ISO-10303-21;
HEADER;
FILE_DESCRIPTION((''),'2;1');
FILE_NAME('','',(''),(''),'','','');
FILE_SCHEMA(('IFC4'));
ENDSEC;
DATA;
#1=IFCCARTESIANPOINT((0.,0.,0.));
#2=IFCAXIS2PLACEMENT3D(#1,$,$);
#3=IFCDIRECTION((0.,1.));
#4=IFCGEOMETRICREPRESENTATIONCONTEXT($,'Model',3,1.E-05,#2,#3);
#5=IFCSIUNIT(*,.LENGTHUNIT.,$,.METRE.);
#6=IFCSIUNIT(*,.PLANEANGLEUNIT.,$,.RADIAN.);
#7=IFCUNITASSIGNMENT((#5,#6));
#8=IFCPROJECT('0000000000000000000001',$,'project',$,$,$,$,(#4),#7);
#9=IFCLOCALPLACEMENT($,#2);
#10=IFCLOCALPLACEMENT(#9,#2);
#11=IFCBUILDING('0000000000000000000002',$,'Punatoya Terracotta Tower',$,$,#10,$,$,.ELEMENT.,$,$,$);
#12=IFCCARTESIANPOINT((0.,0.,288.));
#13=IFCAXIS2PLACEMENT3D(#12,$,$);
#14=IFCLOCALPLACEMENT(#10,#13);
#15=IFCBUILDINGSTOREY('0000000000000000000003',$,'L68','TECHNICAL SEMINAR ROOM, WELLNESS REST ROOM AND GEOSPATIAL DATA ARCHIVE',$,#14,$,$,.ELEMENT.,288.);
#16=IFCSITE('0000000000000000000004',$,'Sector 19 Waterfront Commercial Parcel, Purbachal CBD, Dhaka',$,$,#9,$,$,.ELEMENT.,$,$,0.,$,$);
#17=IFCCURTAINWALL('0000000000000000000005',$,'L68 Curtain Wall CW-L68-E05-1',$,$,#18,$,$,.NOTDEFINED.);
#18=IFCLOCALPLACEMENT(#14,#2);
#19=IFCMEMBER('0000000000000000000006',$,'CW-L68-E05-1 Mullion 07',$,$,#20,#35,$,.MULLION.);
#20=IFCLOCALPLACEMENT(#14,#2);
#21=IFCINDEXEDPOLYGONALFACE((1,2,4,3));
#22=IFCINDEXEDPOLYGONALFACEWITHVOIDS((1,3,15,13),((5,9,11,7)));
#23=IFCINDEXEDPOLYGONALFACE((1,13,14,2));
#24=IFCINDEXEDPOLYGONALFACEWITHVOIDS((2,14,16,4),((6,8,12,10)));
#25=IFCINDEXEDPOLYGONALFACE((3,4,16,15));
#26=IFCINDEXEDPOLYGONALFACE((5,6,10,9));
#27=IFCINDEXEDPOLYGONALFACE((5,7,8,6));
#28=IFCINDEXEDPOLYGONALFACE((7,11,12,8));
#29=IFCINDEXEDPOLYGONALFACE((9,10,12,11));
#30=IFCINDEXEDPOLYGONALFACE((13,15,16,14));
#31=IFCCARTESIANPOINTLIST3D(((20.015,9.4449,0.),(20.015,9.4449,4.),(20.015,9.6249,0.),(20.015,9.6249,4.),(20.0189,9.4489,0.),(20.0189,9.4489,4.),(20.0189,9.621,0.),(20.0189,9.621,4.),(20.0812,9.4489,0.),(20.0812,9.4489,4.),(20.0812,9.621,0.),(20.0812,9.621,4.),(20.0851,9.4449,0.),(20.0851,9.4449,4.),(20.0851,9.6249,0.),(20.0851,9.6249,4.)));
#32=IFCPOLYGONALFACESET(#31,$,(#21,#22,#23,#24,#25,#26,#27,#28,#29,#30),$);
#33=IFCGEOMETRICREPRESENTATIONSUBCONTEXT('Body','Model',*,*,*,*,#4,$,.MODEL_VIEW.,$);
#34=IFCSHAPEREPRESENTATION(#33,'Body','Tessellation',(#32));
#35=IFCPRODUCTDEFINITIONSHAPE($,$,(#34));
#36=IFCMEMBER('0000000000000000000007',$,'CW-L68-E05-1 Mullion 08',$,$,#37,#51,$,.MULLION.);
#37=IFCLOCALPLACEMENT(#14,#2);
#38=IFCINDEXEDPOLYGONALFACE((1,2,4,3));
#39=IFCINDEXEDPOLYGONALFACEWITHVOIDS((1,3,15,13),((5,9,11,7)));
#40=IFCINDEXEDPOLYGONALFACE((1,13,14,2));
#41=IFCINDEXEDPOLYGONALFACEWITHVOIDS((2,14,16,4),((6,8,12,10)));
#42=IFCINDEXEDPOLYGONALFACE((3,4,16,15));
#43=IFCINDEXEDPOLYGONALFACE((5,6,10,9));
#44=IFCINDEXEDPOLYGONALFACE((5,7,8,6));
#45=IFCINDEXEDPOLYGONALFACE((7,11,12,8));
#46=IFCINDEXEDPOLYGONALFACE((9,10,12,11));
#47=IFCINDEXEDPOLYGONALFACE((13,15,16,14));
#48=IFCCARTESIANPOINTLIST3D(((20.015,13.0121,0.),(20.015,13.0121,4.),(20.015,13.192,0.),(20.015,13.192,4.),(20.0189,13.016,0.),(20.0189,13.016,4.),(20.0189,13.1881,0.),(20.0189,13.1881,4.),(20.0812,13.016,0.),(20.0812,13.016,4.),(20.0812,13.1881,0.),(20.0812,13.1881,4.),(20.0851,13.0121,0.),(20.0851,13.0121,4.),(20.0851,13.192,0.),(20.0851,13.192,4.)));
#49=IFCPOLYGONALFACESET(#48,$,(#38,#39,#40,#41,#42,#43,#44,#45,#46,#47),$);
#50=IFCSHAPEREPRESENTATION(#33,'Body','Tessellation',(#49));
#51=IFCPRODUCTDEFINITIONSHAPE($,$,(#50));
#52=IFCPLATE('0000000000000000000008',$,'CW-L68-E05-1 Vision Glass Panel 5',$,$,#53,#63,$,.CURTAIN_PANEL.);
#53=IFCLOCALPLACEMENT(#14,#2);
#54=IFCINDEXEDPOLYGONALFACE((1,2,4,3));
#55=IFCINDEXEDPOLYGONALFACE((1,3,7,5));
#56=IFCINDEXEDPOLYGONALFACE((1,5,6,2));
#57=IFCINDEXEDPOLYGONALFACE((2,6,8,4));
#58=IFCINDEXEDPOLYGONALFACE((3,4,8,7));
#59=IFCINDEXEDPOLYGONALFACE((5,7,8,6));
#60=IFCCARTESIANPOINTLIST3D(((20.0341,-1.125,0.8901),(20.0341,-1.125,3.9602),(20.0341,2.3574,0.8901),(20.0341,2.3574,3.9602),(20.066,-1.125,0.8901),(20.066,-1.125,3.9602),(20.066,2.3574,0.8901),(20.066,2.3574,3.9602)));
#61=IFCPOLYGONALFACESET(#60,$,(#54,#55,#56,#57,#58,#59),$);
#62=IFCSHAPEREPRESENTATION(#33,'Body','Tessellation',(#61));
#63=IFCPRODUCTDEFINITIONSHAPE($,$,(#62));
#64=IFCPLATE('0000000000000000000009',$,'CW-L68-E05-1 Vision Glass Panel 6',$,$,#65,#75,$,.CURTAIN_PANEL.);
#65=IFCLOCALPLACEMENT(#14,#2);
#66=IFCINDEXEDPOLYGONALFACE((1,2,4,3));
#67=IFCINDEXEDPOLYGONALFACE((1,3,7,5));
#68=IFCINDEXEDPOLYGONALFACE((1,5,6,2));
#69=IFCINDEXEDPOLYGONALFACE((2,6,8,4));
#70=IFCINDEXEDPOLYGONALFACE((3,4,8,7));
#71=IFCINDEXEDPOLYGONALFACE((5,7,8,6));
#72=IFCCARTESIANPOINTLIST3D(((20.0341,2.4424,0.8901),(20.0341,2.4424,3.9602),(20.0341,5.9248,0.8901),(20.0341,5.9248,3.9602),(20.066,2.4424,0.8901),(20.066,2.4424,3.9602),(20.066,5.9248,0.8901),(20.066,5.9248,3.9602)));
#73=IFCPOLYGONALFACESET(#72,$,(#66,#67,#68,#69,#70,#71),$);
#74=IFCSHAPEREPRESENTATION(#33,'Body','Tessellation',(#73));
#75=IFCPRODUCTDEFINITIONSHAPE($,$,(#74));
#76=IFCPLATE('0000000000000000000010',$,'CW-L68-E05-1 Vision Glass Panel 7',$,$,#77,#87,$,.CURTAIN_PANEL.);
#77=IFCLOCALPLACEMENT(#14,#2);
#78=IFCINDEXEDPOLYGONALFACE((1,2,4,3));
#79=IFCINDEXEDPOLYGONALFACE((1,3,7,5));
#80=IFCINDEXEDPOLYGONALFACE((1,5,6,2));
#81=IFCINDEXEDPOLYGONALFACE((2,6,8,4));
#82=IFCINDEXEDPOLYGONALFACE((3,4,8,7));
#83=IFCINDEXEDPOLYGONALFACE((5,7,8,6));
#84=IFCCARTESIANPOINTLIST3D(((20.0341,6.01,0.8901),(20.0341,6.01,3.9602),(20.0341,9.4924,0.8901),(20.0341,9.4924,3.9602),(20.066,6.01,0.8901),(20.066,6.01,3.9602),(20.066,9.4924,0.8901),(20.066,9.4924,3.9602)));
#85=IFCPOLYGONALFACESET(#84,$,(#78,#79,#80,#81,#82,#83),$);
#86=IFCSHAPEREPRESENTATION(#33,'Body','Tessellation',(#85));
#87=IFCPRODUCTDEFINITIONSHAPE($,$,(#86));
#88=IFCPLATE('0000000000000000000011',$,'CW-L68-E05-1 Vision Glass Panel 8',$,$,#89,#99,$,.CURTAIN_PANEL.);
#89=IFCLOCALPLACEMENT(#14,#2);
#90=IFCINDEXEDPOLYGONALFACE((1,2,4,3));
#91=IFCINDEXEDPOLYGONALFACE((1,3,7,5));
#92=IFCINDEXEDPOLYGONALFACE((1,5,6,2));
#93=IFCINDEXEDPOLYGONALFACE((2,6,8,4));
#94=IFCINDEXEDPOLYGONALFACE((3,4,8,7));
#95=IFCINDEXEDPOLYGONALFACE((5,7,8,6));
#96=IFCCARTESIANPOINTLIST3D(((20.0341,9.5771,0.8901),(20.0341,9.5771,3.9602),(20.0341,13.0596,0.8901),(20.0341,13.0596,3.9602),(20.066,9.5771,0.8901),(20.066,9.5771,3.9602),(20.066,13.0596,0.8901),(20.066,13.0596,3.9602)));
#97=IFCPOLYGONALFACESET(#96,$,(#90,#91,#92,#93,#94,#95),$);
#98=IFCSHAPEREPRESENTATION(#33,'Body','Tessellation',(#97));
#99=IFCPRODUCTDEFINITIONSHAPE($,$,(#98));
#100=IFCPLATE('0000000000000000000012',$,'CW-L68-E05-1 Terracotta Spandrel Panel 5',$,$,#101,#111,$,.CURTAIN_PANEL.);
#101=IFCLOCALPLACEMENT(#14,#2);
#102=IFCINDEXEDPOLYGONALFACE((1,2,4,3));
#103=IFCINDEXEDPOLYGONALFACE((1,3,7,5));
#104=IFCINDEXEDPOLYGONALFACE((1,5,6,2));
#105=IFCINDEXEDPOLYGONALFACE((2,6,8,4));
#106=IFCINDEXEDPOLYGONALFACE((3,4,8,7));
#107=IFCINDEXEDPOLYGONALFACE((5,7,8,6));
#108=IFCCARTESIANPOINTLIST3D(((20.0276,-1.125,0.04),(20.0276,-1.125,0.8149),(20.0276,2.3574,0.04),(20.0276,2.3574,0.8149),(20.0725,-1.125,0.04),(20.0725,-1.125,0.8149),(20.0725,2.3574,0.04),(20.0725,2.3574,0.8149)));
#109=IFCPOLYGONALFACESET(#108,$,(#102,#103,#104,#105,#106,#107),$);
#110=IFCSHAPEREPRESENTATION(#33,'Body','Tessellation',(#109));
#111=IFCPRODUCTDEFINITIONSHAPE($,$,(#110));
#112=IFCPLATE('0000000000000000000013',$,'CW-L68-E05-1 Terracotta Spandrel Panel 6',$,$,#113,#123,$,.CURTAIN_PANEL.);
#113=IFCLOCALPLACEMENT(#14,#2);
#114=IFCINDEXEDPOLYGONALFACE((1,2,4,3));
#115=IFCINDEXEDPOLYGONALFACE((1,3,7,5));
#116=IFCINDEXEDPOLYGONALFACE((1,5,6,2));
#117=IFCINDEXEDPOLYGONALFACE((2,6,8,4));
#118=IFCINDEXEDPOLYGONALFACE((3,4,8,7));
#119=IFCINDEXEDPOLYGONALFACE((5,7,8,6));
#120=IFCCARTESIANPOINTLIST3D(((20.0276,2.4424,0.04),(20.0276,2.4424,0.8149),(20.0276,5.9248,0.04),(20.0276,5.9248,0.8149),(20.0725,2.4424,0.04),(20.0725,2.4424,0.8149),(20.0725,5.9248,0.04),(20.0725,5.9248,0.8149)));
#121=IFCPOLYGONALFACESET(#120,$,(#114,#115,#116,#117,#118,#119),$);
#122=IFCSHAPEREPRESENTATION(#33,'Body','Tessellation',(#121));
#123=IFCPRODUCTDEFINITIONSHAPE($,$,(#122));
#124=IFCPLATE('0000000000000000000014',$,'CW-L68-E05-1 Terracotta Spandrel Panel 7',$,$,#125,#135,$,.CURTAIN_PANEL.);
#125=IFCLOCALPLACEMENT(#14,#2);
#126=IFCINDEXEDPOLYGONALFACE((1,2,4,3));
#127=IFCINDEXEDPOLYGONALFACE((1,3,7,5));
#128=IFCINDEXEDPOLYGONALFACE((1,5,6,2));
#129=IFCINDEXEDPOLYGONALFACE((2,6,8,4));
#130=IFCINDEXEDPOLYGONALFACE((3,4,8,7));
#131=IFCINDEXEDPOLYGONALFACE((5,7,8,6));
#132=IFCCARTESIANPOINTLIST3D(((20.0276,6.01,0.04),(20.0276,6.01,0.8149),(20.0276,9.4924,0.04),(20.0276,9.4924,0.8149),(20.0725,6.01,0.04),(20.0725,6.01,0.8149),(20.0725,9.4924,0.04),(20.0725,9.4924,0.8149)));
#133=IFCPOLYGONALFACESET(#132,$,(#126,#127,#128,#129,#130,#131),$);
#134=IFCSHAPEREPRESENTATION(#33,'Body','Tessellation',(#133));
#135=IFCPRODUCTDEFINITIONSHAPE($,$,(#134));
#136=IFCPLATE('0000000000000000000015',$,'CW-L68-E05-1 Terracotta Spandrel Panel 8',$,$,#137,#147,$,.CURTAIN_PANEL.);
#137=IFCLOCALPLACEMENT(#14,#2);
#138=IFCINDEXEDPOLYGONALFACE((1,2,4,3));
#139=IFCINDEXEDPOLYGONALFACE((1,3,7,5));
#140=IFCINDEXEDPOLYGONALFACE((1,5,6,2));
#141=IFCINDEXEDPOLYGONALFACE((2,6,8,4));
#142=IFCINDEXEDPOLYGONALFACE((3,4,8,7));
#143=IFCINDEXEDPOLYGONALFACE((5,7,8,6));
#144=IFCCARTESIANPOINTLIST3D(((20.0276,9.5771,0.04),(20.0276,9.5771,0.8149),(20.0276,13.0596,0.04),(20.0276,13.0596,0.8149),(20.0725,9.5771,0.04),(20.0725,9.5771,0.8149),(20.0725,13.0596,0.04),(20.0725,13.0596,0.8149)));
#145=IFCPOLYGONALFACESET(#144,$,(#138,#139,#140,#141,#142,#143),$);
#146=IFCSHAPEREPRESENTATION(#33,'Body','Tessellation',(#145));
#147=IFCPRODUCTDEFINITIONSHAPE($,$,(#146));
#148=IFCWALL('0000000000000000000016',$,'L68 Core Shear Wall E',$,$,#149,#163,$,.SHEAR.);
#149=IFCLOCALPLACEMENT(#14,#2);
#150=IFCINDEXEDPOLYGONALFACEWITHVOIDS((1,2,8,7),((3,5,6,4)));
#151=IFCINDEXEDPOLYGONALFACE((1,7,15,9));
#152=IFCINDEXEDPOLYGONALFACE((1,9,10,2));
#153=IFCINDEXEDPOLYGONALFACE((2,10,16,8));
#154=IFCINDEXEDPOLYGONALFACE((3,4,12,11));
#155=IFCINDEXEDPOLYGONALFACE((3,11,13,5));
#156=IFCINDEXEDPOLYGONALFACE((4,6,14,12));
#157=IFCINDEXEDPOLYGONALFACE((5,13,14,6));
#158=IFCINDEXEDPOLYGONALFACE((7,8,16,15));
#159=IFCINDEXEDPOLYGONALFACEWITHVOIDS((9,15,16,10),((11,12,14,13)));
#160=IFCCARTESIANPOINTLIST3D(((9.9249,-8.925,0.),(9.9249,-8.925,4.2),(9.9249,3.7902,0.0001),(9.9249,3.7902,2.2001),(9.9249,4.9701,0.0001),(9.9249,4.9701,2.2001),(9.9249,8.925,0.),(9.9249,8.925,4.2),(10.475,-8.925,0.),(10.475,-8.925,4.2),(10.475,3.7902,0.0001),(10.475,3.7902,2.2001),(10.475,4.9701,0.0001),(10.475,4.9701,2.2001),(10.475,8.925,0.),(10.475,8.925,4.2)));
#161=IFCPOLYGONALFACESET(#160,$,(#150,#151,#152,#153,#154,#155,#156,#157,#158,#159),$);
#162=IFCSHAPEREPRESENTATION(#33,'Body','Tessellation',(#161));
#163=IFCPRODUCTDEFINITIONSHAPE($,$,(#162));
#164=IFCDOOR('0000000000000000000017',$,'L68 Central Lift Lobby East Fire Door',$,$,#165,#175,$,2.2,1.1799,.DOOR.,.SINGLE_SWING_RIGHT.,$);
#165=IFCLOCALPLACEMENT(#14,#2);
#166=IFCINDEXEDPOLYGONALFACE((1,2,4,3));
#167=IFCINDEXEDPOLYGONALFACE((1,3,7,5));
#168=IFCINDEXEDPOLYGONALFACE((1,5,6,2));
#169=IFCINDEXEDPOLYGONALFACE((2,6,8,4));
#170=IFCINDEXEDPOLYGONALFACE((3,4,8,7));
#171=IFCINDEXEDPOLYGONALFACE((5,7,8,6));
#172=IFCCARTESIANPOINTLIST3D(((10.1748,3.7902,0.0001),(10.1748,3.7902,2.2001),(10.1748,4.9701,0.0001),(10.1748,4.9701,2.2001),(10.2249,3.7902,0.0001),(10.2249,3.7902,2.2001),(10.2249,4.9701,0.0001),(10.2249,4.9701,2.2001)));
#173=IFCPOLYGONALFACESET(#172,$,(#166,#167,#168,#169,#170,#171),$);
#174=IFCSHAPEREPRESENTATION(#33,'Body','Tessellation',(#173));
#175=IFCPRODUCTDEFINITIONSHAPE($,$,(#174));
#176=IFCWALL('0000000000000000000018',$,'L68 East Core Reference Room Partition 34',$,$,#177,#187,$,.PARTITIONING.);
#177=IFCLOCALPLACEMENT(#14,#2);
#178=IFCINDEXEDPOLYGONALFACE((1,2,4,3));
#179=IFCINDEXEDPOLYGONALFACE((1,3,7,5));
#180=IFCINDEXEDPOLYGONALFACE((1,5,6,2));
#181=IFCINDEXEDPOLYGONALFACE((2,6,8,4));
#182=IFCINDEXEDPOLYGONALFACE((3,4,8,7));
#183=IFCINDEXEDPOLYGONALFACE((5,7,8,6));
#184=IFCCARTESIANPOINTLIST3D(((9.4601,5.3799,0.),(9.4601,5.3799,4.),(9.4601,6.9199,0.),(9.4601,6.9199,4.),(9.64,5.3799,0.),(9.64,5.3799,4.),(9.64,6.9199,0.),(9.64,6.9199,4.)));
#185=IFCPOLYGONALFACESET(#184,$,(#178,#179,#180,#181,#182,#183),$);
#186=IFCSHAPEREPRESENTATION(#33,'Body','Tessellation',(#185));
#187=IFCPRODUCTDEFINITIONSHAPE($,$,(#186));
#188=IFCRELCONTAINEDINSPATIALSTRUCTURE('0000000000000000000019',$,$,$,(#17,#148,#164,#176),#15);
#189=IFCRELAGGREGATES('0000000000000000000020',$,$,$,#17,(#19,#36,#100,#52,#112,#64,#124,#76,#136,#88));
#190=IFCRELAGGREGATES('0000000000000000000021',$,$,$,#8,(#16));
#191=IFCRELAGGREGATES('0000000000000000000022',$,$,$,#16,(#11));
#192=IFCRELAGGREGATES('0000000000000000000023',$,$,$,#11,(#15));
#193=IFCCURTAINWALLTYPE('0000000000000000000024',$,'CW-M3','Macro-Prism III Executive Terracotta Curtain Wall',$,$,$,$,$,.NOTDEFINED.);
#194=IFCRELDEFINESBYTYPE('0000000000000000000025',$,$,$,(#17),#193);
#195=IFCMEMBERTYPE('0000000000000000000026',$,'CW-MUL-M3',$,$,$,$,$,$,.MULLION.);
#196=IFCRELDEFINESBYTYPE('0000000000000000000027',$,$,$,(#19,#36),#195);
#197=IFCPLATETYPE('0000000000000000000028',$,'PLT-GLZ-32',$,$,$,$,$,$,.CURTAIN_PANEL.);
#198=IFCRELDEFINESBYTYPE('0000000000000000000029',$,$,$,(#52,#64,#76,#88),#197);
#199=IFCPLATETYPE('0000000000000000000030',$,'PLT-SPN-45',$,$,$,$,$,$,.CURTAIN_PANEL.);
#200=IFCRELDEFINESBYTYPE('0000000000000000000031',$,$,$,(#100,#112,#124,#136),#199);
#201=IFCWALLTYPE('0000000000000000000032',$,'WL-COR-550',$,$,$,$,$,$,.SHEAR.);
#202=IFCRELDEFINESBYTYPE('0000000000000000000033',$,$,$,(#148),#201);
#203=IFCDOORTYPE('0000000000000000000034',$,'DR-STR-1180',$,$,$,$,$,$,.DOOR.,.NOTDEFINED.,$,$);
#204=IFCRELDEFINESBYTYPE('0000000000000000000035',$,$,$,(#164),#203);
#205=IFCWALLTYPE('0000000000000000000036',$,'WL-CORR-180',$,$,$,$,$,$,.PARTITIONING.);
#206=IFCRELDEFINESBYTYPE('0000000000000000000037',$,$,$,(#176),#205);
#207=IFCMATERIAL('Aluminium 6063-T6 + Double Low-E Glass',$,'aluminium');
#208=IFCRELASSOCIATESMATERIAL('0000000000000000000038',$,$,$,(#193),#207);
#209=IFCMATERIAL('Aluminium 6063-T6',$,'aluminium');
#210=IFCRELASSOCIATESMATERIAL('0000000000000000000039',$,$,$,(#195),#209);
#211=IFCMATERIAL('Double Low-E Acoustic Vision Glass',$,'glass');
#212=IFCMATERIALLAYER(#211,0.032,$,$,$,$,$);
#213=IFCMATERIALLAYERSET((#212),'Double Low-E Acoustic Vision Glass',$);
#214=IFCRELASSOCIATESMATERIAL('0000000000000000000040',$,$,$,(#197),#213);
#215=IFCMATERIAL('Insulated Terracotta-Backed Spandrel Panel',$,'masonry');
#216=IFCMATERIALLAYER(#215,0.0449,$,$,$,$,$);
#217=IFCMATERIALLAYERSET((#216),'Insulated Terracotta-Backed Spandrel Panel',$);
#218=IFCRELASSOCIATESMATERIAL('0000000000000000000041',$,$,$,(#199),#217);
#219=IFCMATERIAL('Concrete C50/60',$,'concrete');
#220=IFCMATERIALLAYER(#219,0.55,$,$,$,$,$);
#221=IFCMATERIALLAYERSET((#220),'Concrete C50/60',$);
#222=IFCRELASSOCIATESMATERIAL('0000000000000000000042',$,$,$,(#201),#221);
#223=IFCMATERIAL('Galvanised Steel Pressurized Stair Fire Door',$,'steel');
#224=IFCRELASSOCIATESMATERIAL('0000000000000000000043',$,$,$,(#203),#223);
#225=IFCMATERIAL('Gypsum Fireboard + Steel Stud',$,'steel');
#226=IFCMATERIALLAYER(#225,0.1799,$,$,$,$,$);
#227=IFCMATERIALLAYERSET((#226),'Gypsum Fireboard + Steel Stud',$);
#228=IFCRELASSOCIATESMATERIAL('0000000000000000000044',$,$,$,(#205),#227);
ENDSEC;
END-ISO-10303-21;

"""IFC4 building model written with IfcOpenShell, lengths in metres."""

from ifc_helpers import new_model, si_unit, direction, frame, frame_2d, origin, origin_2d, place, context, subcontext, project, spatial, rectangle, hollow_rectangle, extrude, material, layer, layer_set, material_profile, profile_set, type_object, element, fill, aggregate, save


model = new_model("IFC4")

# Units and contexts
model_context = context("Model", 3, precision=1e-05, world=origin(), true_north=direction((0.0, 1.0)))
body_context = subcontext(model_context, "Body", "Model", "MODEL_VIEW")
ifc_project = project(units=[si_unit("LENGTHUNIT", "METRE"), si_unit("PLANEANGLEUNIT", "RADIAN")], contexts=[model_context])

# Site, building, storey
site_placement = place(None, origin())
site = spatial("IfcSite", under=ifc_project, at=site_placement, Name="Sector 19 Waterfront Commercial Parcel, Purbachal CBD, Dhaka", CompositionType="ELEMENT", RefElevation=0.0)
building_placement = place(site_placement, origin())
building = spatial("IfcBuilding", under=site, at=building_placement, Name="Punatoya Terracotta Tower", CompositionType="ELEMENT")
storey_placement = place(building_placement, frame((0.0, 0.0, 288.0)))
storey = spatial("IfcBuildingStorey", under=building, at=storey_placement, Name="L68", Description="TECHNICAL SEMINAR ROOM, WELLNESS REST ROOM AND GEOSPATIAL DATA ARCHIVE", CompositionType="ELEMENT", Elevation=288.0)

# Curtain wall, members, plates
ifc_material_1 = material(Name="Aluminium 6063-T6 + Double Low-E Glass", Category="aluminium")
curtain_wall_type = type_object("IfcCurtainWallType", Name="CW-M3", Description="Macro-Prism III Executive Terracotta Curtain Wall", PredefinedType="NOTDEFINED", material=ifc_material_1)
curtain_wall_placement = place(storey_placement, origin())
curtain_wall = element("IfcCurtainWall", 1, at=curtain_wall_placement, inside=storey, type_object=curtain_wall_type, Name="L68 Curtain Wall CW-L68-E05-1", PredefinedType="NOTDEFINED")
ifc_material_2 = material(Name="Aluminium 6063-T6", Category="aluminium")
ifc_material_profile_1 = material_profile(ifc_material_2, hollow_rectangle(XDim=0.0701, YDim=0.1799, WallThickness=0.0039, at=origin_2d()))
ifc_profile_set_1 = profile_set([ifc_material_profile_1], Name="Aluminium 6063-T6")
member_type = type_object("IfcMemberType", Name="CW-MUL-M3", PredefinedType="MULLION", material=ifc_profile_set_1)
member_1_placement = place(storey_placement, frame((20.05, 9.5349, 0.0), z_axis=(0.0, 0.0, 1.0), x_axis=(1.0, 0.0, 0.0)))
member_1 = element("IfcMember", 2, at=member_1_placement, type_object=member_type, Name="CW-L68-E05-1 Mullion 07", PredefinedType="MULLION", context=body_context, shape_type="SweptSolid", body=[
    extrude(hollow_rectangle(XDim=0.0701, YDim=0.1799, WallThickness=0.0039, at=origin_2d()), origin(), (0.0, 0.0, 1.0), 4.0),
])
member_2_placement = place(storey_placement, frame((20.05, 13.1021, 0.0), z_axis=(0.0, 0.0, 1.0), x_axis=(1.0, 0.0, 0.0)))
member_2 = element("IfcMember", 3, at=member_2_placement, type_object=member_type, Name="CW-L68-E05-1 Mullion 08", PredefinedType="MULLION", context=body_context, shape_type="SweptSolid", body=[
    extrude(hollow_rectangle(XDim=0.0701, YDim=0.1799, WallThickness=0.0039, at=origin_2d()), origin(), (0.0, 0.0, 1.0), 4.0),
])
ifc_material_3 = material(Name="Double Low-E Acoustic Vision Glass", Category="glass")
ifc_layer_1 = layer(ifc_material_3, 0.032)
ifc_layer_set_1 = layer_set([ifc_layer_1], Name="Double Low-E Acoustic Vision Glass")
plate_type_1 = type_object("IfcPlateType", Name="PLT-GLZ-32", PredefinedType="CURTAIN_PANEL", material=ifc_layer_set_1)
plate_1_placement = place(storey_placement, frame((20.05, 0.6162, 0.8901), z_axis=(0.0, 0.0, 1.0), x_axis=(0.0, 1.0, 0.0)))
plate_1 = element("IfcPlate", 4, at=plate_1_placement, type_object=plate_type_1, Name="CW-L68-E05-1 Vision Glass Panel 5", PredefinedType="CURTAIN_PANEL", context=body_context, shape_type="SweptSolid", body=[
    extrude(rectangle(XDim=3.4824, YDim=0.032, at=origin_2d()), origin(), (0.0, 0.0, 1.0), 3.0701),
])
plate_2_placement = place(storey_placement, frame((20.05, 4.1836, 0.8901), z_axis=(0.0, 0.0, 1.0), x_axis=(0.0, 1.0, 0.0)))
plate_2 = element("IfcPlate", 5, at=plate_2_placement, type_object=plate_type_1, Name="CW-L68-E05-1 Vision Glass Panel 6", PredefinedType="CURTAIN_PANEL", context=body_context, shape_type="SweptSolid", body=[
    extrude(rectangle(XDim=3.4824, YDim=0.032, at=origin_2d()), origin(), (0.0, 0.0, 1.0), 3.0701),
])
plate_3_placement = place(storey_placement, frame((20.05, 7.7512, 0.8901), z_axis=(0.0, 0.0, 1.0), x_axis=(0.0, 1.0, 0.0)))
plate_3 = element("IfcPlate", 6, at=plate_3_placement, type_object=plate_type_1, Name="CW-L68-E05-1 Vision Glass Panel 7", PredefinedType="CURTAIN_PANEL", context=body_context, shape_type="SweptSolid", body=[
    extrude(rectangle(XDim=3.4824, YDim=0.032, at=origin_2d()), origin(), (0.0, 0.0, 1.0), 3.0701),
])
plate_4_placement = place(storey_placement, frame((20.05, 11.3184, 0.8901), z_axis=(0.0, 0.0, 1.0), x_axis=(0.0, 1.0, 0.0)))
plate_4 = element("IfcPlate", 7, at=plate_4_placement, type_object=plate_type_1, Name="CW-L68-E05-1 Vision Glass Panel 8", PredefinedType="CURTAIN_PANEL", context=body_context, shape_type="SweptSolid", body=[
    extrude(rectangle(XDim=3.4824, YDim=0.032, at=origin_2d()), origin(), (0.0, 0.0, 1.0), 3.0701),
])
ifc_material_4 = material(Name="Insulated Terracotta-Backed Spandrel Panel", Category="masonry")
ifc_layer_2 = layer(ifc_material_4, 0.0449)
ifc_layer_set_2 = layer_set([ifc_layer_2], Name="Insulated Terracotta-Backed Spandrel Panel")
plate_type_2 = type_object("IfcPlateType", Name="PLT-SPN-45", PredefinedType="CURTAIN_PANEL", material=ifc_layer_set_2)
plate_5_placement = place(storey_placement, frame((20.05, 0.6162, 0.04), z_axis=(0.0, 0.0, 1.0), x_axis=(0.0, 1.0, 0.0)))
plate_5 = element("IfcPlate", 8, at=plate_5_placement, type_object=plate_type_2, Name="CW-L68-E05-1 Terracotta Spandrel Panel 5", PredefinedType="CURTAIN_PANEL", context=body_context, shape_type="SweptSolid", body=[
    extrude(rectangle(XDim=3.4824, YDim=0.0449, at=origin_2d()), origin(), (0.0, 0.0, 1.0), 0.7749),
])
plate_6_placement = place(storey_placement, frame((20.05, 4.1836, 0.04), z_axis=(0.0, 0.0, 1.0), x_axis=(0.0, 1.0, 0.0)))
plate_6 = element("IfcPlate", 9, at=plate_6_placement, type_object=plate_type_2, Name="CW-L68-E05-1 Terracotta Spandrel Panel 6", PredefinedType="CURTAIN_PANEL", context=body_context, shape_type="SweptSolid", body=[
    extrude(rectangle(XDim=3.4824, YDim=0.0449, at=origin_2d()), origin(), (0.0, 0.0, 1.0), 0.7749),
])
plate_7_placement = place(storey_placement, frame((20.05, 7.7512, 0.04), z_axis=(0.0, 0.0, 1.0), x_axis=(0.0, 1.0, 0.0)))
plate_7 = element("IfcPlate", 10, at=plate_7_placement, type_object=plate_type_2, Name="CW-L68-E05-1 Terracotta Spandrel Panel 7", PredefinedType="CURTAIN_PANEL", context=body_context, shape_type="SweptSolid", body=[
    extrude(rectangle(XDim=3.4824, YDim=0.0449, at=origin_2d()), origin(), (0.0, 0.0, 1.0), 0.7749),
])
plate_8_placement = place(storey_placement, frame((20.05, 11.3184, 0.04), z_axis=(0.0, 0.0, 1.0), x_axis=(0.0, 1.0, 0.0)))
plate_8 = element("IfcPlate", 11, at=plate_8_placement, type_object=plate_type_2, Name="CW-L68-E05-1 Terracotta Spandrel Panel 8", PredefinedType="CURTAIN_PANEL", context=body_context, shape_type="SweptSolid", body=[
    extrude(rectangle(XDim=3.4824, YDim=0.0449, at=origin_2d()), origin(), (0.0, 0.0, 1.0), 0.7749),
])
aggregate(curtain_wall, [member_1, member_2, plate_5, plate_1, plate_6, plate_2, plate_7, plate_3, plate_8, plate_4])

# Wall, opening, door
ifc_material_5 = material(Name="Concrete C50/60", Category="concrete")
ifc_layer_3 = layer(ifc_material_5, 0.55)
ifc_layer_set_3 = layer_set([ifc_layer_3], Name="Concrete C50/60")
wall_type_1 = type_object("IfcWallType", Name="WL-COR-550", PredefinedType="SHEAR", material=ifc_layer_set_3)
wall_1_placement = place(storey_placement, frame((10.2, 8.925, 0.0), z_axis=(0.0, 0.0, 1.0), x_axis=(0.0, -1.0, 0.0)))
wall_1 = element("IfcWall", 12, at=wall_1_placement, inside=storey, type_object=wall_type_1, Name="L68 Core Shear Wall E", PredefinedType="SHEAR", context=body_context, shape_type="SweptSolid", body=[
    extrude(rectangle(XDim=17.8501, YDim=0.55, at=frame_2d((8.925, 0.0))), origin(), (0.0, 0.0, 1.0), 4.2),
])
opening_1_placement = place(wall_1_placement, frame((3.9551, 0.0, 0.0)))
opening_1 = element("IfcOpeningElement", 13, at=opening_1_placement, cuts=wall_1, PredefinedType="OPENING", context=body_context, shape_type="SweptSolid", body=[
    extrude(rectangle(XDim=1.1799, YDim=2.2, at=frame_2d((0.5898, 1.1001))), frame((0.0, 0.2849, 0.0), z_axis=(0.0, -1.0, 0.0), x_axis=(1.0, 0.0, 0.0)), (0.0, 0.0, 1.0), 0.5701),
])
ifc_material_6 = material(Name="Galvanised Steel Pressurized Stair Fire Door", Category="steel")
door_type_1 = type_object("IfcDoorType", Name="DR-STR-1180", OperationType="NOTDEFINED", PredefinedType="DOOR", material=ifc_material_6)
door_1_placement = place(opening_1_placement, origin())
door_1 = element("IfcDoor", 14, at=door_1_placement, inside=storey, type_object=door_type_1, Name="L68 Central Lift Lobby East Fire Door", OperationType="SINGLE_SWING_RIGHT", OverallHeight=2.2, OverallWidth=1.1799, PredefinedType="DOOR", context=body_context, shape_type="SweptSolid", body=[
    extrude(rectangle(XDim=1.1799, YDim=2.2, at=frame_2d((0.5898, 1.1001))), frame((0.0, 0.0249, 0.0), z_axis=(0.0, -1.0, 0.0), x_axis=(1.0, 0.0, 0.0)), (0.0, 0.0, 1.0), 0.05),
])
fill(opening_1, door_1)

# Wall
ifc_material_7 = material(Name="Gypsum Fireboard + Steel Stud", Category="steel")
ifc_layer_4 = layer(ifc_material_7, 0.1799)
ifc_layer_set_4 = layer_set([ifc_layer_4], Name="Gypsum Fireboard + Steel Stud")
wall_type_2 = type_object("IfcWallType", Name="WL-CORR-180", PredefinedType="PARTITIONING", material=ifc_layer_set_4)
wall_2_placement = place(storey_placement, frame((9.55, 5.3799, 0.0), z_axis=(0.0, 0.0, 1.0), x_axis=(0.0, 1.0, 0.0)))
element("IfcWall", 15, at=wall_2_placement, inside=storey, type_object=wall_type_2, Name="L68 East Core Reference Room Partition 34", PredefinedType="PARTITIONING", context=body_context, shape_type="SweptSolid", body=[
    extrude(rectangle(XDim=1.54, YDim=0.1799, at=frame_2d((0.77, 0.0))), origin(), (0.0, 0.0, 1.0), 4.0),
])

save(model, "model.ifc")
